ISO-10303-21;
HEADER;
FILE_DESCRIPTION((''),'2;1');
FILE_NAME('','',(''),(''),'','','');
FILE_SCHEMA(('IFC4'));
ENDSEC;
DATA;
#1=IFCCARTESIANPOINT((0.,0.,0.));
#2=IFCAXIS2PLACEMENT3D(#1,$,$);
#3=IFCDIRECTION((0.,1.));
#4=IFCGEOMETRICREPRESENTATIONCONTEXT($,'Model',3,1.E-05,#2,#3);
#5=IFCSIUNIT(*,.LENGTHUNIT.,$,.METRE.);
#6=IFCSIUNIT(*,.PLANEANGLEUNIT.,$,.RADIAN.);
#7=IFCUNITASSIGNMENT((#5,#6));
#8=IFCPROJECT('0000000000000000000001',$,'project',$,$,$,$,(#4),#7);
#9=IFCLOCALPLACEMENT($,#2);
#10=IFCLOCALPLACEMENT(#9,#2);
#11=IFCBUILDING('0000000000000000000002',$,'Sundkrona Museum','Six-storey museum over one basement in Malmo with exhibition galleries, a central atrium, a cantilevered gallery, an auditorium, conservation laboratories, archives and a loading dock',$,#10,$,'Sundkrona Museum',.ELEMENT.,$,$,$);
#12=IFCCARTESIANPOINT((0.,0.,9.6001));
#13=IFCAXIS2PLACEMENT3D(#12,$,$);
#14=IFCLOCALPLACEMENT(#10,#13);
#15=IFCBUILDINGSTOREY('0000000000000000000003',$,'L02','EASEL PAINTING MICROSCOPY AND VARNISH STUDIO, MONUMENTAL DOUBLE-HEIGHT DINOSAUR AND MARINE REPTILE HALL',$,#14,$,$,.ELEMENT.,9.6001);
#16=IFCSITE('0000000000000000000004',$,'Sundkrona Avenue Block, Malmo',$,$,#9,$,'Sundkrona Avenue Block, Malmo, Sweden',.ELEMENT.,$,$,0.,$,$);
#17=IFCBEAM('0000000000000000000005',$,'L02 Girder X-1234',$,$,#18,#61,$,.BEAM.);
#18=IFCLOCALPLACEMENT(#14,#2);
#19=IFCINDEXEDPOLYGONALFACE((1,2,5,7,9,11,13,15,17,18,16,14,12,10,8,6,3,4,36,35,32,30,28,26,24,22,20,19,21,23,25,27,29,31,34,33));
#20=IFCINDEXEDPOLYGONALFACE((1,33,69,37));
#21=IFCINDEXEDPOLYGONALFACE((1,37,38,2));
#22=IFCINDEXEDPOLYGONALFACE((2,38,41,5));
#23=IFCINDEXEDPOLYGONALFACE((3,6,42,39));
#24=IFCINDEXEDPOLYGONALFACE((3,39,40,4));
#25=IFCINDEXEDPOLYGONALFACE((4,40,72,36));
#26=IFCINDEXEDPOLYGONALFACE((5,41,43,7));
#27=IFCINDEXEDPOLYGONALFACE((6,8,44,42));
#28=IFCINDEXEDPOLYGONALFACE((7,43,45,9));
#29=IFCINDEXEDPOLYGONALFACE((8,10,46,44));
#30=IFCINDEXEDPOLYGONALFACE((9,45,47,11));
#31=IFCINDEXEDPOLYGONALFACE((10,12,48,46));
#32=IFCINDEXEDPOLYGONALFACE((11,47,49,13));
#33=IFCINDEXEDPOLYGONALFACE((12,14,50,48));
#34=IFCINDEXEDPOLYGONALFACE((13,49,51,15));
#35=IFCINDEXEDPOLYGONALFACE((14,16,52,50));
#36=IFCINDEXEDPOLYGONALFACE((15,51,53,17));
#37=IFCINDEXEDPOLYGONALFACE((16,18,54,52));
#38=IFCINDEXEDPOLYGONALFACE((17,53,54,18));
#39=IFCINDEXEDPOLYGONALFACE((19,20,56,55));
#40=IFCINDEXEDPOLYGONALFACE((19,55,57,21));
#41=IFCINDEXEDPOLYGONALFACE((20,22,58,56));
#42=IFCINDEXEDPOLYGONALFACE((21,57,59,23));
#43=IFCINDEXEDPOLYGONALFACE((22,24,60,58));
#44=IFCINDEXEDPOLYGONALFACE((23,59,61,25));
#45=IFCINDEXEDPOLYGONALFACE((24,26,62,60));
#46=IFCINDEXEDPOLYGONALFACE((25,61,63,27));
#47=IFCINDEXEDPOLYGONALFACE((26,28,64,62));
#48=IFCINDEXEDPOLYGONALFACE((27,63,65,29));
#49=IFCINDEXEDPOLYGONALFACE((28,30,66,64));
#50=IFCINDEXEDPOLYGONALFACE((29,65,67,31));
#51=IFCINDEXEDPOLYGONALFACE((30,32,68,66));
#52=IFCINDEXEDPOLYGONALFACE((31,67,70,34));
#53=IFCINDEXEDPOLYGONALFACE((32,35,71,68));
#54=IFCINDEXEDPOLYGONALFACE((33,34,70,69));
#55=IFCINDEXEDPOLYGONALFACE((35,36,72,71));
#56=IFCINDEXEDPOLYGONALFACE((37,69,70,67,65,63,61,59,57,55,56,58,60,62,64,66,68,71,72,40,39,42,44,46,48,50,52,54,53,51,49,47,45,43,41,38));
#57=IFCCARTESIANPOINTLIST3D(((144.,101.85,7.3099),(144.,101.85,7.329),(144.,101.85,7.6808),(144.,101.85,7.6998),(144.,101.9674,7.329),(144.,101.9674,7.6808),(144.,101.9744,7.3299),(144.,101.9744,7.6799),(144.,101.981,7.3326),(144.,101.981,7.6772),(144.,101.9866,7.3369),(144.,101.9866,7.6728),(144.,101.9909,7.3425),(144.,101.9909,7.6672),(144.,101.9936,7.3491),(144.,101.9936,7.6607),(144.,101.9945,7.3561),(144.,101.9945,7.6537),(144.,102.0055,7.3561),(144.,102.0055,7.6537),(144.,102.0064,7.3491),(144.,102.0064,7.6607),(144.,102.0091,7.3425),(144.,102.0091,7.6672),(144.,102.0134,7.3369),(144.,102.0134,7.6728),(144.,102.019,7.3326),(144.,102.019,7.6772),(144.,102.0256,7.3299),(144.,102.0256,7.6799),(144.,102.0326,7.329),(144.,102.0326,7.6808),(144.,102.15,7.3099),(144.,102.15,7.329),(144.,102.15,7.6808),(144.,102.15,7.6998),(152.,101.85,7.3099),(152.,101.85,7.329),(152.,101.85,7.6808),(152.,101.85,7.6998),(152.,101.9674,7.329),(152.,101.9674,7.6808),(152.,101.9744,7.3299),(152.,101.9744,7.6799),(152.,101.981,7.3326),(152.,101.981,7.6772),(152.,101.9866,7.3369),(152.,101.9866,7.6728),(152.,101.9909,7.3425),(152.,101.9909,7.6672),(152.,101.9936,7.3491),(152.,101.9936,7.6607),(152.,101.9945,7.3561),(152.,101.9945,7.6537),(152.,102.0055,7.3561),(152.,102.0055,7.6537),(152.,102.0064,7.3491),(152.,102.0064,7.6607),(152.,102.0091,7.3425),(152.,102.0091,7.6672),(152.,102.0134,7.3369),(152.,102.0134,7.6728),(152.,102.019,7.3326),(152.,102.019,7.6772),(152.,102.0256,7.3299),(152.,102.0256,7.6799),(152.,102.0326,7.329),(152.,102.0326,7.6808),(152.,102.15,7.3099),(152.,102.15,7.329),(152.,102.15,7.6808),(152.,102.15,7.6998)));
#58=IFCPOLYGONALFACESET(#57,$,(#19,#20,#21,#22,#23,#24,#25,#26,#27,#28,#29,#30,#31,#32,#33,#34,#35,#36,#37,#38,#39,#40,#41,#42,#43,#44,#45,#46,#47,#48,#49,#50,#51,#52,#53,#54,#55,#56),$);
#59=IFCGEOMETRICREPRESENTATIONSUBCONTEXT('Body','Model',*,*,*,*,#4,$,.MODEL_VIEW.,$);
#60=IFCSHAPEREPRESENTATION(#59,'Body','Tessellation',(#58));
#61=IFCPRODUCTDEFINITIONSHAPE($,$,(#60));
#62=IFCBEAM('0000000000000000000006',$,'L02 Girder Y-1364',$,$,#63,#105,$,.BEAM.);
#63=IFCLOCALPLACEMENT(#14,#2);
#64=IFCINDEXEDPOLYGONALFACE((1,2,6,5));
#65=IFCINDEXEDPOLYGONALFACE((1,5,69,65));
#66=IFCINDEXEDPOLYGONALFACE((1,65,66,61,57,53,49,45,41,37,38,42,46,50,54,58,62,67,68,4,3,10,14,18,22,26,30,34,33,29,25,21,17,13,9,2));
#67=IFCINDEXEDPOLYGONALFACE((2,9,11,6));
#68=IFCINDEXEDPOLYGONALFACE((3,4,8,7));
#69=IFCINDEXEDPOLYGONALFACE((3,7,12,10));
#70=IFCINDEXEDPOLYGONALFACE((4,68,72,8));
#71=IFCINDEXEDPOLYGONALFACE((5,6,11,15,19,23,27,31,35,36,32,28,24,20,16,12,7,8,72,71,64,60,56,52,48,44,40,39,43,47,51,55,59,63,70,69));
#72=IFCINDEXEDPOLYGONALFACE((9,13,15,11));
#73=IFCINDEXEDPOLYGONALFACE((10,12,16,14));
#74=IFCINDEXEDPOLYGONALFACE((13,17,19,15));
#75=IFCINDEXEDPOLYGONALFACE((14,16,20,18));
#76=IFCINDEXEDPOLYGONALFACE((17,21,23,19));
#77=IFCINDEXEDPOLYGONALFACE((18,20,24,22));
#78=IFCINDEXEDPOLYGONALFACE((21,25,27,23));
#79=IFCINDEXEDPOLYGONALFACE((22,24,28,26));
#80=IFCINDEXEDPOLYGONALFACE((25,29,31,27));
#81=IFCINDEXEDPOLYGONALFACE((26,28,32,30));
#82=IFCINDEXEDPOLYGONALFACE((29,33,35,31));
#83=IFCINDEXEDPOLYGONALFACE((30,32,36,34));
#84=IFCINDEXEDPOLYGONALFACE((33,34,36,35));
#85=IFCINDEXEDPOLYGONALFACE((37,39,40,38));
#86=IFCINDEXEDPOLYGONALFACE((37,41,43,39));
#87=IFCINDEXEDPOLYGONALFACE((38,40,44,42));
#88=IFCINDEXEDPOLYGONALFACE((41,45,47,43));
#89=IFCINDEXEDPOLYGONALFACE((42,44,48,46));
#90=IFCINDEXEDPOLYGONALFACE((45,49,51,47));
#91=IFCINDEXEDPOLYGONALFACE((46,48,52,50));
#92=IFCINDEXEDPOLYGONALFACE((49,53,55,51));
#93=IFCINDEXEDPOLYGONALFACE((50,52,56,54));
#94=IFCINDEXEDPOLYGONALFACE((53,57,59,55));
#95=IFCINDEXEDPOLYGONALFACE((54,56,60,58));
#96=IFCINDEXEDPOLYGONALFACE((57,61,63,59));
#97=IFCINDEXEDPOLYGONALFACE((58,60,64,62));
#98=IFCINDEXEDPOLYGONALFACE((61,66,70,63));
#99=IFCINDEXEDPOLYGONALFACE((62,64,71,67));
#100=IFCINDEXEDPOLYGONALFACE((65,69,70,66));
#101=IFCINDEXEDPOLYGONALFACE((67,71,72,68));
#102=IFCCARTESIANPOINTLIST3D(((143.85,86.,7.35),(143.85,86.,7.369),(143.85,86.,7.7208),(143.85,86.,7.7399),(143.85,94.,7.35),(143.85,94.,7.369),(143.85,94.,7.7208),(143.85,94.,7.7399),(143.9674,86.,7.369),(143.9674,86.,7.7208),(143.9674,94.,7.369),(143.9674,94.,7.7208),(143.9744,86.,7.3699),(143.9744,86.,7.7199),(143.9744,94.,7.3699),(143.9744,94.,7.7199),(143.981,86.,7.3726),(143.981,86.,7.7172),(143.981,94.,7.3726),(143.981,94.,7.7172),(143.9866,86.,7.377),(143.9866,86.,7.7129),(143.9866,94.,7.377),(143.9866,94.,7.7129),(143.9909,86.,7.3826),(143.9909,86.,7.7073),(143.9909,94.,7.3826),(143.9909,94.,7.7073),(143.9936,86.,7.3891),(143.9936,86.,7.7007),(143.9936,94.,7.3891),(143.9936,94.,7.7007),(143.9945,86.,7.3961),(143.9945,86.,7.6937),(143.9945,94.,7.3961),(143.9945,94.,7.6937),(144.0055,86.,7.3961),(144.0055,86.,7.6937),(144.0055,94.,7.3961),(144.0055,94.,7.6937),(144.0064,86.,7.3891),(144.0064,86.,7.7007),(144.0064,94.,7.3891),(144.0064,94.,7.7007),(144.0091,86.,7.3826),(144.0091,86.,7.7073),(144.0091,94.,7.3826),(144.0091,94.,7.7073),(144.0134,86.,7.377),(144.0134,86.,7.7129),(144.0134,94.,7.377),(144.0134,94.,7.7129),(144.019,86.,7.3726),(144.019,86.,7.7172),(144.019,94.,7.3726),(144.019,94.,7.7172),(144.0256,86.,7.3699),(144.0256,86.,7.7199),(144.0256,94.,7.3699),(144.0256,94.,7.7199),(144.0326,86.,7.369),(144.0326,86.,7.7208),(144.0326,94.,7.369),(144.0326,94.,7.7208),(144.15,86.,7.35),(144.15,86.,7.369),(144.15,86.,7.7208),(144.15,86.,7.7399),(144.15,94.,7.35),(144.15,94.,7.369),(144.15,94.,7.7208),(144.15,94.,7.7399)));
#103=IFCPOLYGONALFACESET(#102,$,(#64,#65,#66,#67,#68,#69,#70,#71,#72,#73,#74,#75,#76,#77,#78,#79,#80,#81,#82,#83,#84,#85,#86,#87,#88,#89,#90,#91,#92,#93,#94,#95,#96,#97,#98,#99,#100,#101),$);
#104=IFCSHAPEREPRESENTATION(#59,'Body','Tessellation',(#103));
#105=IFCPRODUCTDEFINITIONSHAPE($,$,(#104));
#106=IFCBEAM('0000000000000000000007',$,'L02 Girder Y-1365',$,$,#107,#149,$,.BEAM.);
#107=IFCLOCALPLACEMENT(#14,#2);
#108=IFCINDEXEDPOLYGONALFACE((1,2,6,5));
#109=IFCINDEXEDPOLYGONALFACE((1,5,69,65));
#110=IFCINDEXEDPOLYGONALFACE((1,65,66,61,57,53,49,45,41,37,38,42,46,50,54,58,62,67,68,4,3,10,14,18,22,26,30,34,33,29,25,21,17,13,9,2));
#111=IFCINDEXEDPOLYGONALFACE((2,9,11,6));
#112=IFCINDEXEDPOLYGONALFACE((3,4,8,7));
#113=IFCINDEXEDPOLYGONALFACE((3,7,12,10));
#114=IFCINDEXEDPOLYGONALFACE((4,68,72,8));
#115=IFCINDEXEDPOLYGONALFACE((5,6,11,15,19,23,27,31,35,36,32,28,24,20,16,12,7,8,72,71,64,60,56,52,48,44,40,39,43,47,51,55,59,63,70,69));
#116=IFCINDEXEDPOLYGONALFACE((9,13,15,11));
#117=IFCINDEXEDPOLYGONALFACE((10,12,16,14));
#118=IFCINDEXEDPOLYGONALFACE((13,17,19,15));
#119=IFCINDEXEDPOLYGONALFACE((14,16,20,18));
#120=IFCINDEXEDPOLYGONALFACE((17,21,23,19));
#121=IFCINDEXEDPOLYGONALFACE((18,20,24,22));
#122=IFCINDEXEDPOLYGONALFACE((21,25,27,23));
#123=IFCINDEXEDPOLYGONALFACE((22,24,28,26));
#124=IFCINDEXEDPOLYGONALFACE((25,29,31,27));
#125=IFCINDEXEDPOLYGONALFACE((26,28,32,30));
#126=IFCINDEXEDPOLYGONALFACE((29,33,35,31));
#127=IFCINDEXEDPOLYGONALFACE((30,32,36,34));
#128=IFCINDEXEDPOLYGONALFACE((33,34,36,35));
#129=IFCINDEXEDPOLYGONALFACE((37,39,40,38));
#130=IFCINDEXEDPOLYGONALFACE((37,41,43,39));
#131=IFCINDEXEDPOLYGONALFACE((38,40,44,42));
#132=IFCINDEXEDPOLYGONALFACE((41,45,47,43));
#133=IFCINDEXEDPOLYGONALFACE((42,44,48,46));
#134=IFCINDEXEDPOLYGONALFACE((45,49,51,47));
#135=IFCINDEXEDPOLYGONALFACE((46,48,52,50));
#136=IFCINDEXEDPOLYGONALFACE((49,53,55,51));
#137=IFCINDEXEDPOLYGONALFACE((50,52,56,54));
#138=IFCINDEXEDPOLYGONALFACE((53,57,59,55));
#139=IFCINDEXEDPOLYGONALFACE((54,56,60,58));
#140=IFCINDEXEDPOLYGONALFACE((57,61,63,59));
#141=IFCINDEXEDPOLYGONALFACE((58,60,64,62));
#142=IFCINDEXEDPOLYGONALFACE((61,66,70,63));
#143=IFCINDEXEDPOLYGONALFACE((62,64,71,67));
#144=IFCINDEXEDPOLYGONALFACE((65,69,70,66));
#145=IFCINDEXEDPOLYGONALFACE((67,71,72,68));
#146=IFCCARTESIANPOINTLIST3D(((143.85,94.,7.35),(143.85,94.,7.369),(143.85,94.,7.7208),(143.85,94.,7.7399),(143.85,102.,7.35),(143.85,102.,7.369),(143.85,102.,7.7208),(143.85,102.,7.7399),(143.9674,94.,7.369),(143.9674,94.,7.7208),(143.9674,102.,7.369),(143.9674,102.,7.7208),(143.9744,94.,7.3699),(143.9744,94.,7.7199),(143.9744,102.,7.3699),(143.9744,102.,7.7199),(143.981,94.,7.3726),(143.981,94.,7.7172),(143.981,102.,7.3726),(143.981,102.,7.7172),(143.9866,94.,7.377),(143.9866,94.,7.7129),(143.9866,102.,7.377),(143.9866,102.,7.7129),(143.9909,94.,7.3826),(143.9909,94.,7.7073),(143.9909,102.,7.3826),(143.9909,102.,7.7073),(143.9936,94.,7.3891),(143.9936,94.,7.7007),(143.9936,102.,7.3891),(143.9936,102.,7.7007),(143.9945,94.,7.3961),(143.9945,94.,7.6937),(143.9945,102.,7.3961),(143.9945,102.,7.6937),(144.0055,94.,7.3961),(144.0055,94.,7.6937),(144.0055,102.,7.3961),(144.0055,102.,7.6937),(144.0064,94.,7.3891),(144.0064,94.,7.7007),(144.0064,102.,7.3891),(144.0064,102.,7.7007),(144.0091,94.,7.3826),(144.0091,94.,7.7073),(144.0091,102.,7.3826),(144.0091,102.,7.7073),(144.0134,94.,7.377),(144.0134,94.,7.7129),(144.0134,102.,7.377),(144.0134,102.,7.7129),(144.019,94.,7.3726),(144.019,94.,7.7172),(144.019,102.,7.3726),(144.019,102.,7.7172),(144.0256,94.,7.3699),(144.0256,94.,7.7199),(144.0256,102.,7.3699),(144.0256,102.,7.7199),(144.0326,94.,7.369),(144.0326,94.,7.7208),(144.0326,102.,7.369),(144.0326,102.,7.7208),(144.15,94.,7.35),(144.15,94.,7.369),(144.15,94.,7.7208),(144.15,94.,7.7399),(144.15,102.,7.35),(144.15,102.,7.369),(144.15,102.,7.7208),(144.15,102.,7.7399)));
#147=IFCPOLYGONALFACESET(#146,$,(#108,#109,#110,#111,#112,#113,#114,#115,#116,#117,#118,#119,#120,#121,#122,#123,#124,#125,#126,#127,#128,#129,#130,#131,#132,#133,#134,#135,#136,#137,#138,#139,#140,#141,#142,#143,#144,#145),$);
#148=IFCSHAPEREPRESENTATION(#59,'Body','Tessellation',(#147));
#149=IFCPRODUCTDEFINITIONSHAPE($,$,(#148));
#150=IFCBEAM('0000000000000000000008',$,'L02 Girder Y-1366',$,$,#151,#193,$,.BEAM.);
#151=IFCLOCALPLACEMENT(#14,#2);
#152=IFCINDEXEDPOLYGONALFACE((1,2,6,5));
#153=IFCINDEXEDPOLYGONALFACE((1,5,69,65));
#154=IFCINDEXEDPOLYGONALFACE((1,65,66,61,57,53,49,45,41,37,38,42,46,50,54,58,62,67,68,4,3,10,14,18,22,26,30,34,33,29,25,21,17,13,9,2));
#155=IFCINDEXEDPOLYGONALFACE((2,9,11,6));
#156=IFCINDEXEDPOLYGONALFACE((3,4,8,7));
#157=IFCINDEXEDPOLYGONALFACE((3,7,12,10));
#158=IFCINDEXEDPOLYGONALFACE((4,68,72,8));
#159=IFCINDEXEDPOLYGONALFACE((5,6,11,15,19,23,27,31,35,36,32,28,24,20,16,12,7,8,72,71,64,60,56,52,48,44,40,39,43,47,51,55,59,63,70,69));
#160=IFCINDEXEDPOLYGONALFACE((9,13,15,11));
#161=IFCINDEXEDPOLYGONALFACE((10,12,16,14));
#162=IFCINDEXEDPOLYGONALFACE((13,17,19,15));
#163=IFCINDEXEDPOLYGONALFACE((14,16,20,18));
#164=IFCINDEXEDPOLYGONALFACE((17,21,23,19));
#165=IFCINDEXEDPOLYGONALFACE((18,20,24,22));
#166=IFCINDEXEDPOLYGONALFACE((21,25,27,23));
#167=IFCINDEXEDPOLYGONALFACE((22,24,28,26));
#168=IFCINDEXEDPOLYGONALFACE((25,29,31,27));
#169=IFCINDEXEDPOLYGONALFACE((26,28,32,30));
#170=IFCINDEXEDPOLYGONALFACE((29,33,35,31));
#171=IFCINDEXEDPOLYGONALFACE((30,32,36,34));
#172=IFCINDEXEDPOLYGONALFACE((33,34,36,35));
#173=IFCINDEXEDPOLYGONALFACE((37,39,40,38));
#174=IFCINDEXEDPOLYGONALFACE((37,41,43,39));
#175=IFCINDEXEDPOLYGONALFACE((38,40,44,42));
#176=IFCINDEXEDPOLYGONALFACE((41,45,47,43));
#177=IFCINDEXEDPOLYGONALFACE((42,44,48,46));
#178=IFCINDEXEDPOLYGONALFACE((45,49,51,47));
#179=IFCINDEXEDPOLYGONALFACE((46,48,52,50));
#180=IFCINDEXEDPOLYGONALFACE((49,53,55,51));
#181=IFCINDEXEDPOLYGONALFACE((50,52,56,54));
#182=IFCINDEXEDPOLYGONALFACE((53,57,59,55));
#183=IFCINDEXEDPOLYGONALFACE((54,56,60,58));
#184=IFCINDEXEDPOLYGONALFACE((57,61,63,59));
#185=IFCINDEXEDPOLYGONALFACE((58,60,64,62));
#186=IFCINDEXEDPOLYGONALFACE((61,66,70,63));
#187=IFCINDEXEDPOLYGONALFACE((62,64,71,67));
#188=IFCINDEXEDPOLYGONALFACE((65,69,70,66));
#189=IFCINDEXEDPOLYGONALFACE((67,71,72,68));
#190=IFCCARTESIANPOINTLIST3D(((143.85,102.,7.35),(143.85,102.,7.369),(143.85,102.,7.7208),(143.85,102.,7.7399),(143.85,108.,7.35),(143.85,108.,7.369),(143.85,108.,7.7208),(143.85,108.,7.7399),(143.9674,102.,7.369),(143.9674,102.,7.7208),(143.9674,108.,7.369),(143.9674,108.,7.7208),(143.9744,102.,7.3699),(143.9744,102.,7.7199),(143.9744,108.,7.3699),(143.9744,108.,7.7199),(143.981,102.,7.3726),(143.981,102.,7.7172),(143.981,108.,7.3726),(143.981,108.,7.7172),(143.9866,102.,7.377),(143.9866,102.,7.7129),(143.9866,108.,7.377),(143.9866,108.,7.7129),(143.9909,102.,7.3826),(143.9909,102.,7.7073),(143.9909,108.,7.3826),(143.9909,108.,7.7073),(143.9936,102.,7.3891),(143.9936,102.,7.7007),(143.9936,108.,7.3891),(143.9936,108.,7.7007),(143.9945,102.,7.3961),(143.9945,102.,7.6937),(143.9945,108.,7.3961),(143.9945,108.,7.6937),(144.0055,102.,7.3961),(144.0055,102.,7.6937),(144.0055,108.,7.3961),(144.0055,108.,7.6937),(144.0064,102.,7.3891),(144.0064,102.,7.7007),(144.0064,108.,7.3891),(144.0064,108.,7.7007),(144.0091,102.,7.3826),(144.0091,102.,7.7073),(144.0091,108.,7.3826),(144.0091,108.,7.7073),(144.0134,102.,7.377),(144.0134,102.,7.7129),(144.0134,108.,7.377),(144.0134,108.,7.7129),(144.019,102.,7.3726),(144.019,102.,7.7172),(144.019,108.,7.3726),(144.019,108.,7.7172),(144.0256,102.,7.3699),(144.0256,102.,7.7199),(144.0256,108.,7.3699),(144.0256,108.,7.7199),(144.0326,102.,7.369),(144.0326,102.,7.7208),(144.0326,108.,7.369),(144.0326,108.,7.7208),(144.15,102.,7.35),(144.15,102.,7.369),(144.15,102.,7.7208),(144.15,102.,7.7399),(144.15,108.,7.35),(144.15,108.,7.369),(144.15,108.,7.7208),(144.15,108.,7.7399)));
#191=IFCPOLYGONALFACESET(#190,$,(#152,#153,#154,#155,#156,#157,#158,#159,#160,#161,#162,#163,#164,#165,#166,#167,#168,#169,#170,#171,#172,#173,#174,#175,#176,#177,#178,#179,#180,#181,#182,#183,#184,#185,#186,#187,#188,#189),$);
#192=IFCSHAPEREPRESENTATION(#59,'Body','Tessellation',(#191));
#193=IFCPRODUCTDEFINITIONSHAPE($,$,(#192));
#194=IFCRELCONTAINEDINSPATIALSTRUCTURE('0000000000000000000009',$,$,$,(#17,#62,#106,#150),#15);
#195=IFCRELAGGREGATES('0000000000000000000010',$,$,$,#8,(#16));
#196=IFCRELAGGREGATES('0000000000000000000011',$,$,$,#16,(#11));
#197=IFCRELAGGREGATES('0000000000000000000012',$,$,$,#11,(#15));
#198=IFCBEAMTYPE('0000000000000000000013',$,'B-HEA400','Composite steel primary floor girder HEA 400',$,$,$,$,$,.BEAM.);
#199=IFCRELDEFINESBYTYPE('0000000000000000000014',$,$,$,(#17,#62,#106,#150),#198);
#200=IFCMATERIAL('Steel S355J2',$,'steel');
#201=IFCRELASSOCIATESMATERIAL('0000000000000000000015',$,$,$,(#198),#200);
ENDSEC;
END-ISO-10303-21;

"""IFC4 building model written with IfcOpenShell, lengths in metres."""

from ifc_helpers import new_model, si_unit, direction, frame, origin, origin_2d, place, context, subcontext, project, spatial, i_section, extrude, material, material_profile, profile_set, type_object, element, save


model = new_model("IFC4")

# Units and contexts
model_context = context("Model", 3, precision=1e-05, world=origin(), true_north=direction((0.0, 1.0)))
body_context = subcontext(model_context, "Body", "Model", "MODEL_VIEW")
ifc_project = project(units=[si_unit("LENGTHUNIT", "METRE"), si_unit("PLANEANGLEUNIT", "RADIAN")], contexts=[model_context])

# Site, building, storey
site_placement = place(None, origin())
site = spatial("IfcSite", under=ifc_project, at=site_placement, Name="Sundkrona Avenue Block, Malmo", LongName="Sundkrona Avenue Block, Malmo, Sweden", CompositionType="ELEMENT", RefElevation=0.0)
building_placement = place(site_placement, origin())
building = spatial("IfcBuilding", under=site, at=building_placement, Name="Sundkrona Museum", Description="Six-storey museum over one basement in Malmo with exhibition galleries, a central atrium, a cantilevered gallery, an auditorium, conservation laboratories, archives and a loading dock", LongName="Sundkrona Museum", CompositionType="ELEMENT")
storey_placement = place(building_placement, frame((0.0, 0.0, 9.6001)))
storey = spatial("IfcBuildingStorey", under=building, at=storey_placement, Name="L02", Description="EASEL PAINTING MICROSCOPY AND VARNISH STUDIO, MONUMENTAL DOUBLE-HEIGHT DINOSAUR AND MARINE REPTILE HALL", CompositionType="ELEMENT", Elevation=9.6001)

# Shared definitions
ifc_material_1 = material(Name="Steel S355J2", Category="steel")

# Beams
ifc_material_profile_1 = material_profile(ifc_material_1, i_section(OverallWidth=0.3, OverallDepth=0.3899, WebThickness=0.011, FlangeThickness=0.019, FilletRadius=0.0271, at=origin_2d()), Name="HEA 400")
ifc_profile_set_1 = profile_set([ifc_material_profile_1], Name="Steel S355J2")
beam_type_1 = type_object("IfcBeamType", Name="B-HEA400", Description="Composite steel primary floor girder HEA 400", PredefinedType="BEAM", material=ifc_profile_set_1)
for number, where, z_axis, x_axis, name in (
    (1, (144.0, 102.0, 7.5049), (1.0, 0.0, 0.0), (0.0, 1.0, 0.0), "L02 Girder X-1234"),
    (2, (144.0, 86.0, 7.5449), (0.0, 1.0, 0.0), (-1.0, 0.0, 0.0), "L02 Girder Y-1364"),
    (3, (144.0, 94.0, 7.5449), (0.0, 1.0, 0.0), (-1.0, 0.0, 0.0), "L02 Girder Y-1365"),
):
    element("IfcBeam", number, at=place(storey_placement, frame(where, z_axis=z_axis, x_axis=x_axis)), inside=storey, type_object=beam_type_1, Name=name, PredefinedType="BEAM", context=body_context, shape_type="SweptSolid", body=[
        extrude(i_section(OverallWidth=0.3, OverallDepth=0.3899, WebThickness=0.011, FlangeThickness=0.019, FilletRadius=0.0271, at=origin_2d()), origin(), (0.0, 0.0, 1.0), 8.0),
    ])
beam_1_placement = place(storey_placement, frame((144.0, 102.0, 7.5449), z_axis=(0.0, 1.0, 0.0), x_axis=(-1.0, 0.0, 0.0)))
element("IfcBeam", 4, at=beam_1_placement, inside=storey, type_object=beam_type_1, Name="L02 Girder Y-1366", PredefinedType="BEAM", context=body_context, shape_type="SweptSolid", body=[
    extrude(i_section(OverallWidth=0.3, OverallDepth=0.3899, WebThickness=0.011, FlangeThickness=0.019, FilletRadius=0.0271, at=origin_2d()), origin(), (0.0, 0.0, 1.0), 6.0),
])

save(model, "model.ifc")
